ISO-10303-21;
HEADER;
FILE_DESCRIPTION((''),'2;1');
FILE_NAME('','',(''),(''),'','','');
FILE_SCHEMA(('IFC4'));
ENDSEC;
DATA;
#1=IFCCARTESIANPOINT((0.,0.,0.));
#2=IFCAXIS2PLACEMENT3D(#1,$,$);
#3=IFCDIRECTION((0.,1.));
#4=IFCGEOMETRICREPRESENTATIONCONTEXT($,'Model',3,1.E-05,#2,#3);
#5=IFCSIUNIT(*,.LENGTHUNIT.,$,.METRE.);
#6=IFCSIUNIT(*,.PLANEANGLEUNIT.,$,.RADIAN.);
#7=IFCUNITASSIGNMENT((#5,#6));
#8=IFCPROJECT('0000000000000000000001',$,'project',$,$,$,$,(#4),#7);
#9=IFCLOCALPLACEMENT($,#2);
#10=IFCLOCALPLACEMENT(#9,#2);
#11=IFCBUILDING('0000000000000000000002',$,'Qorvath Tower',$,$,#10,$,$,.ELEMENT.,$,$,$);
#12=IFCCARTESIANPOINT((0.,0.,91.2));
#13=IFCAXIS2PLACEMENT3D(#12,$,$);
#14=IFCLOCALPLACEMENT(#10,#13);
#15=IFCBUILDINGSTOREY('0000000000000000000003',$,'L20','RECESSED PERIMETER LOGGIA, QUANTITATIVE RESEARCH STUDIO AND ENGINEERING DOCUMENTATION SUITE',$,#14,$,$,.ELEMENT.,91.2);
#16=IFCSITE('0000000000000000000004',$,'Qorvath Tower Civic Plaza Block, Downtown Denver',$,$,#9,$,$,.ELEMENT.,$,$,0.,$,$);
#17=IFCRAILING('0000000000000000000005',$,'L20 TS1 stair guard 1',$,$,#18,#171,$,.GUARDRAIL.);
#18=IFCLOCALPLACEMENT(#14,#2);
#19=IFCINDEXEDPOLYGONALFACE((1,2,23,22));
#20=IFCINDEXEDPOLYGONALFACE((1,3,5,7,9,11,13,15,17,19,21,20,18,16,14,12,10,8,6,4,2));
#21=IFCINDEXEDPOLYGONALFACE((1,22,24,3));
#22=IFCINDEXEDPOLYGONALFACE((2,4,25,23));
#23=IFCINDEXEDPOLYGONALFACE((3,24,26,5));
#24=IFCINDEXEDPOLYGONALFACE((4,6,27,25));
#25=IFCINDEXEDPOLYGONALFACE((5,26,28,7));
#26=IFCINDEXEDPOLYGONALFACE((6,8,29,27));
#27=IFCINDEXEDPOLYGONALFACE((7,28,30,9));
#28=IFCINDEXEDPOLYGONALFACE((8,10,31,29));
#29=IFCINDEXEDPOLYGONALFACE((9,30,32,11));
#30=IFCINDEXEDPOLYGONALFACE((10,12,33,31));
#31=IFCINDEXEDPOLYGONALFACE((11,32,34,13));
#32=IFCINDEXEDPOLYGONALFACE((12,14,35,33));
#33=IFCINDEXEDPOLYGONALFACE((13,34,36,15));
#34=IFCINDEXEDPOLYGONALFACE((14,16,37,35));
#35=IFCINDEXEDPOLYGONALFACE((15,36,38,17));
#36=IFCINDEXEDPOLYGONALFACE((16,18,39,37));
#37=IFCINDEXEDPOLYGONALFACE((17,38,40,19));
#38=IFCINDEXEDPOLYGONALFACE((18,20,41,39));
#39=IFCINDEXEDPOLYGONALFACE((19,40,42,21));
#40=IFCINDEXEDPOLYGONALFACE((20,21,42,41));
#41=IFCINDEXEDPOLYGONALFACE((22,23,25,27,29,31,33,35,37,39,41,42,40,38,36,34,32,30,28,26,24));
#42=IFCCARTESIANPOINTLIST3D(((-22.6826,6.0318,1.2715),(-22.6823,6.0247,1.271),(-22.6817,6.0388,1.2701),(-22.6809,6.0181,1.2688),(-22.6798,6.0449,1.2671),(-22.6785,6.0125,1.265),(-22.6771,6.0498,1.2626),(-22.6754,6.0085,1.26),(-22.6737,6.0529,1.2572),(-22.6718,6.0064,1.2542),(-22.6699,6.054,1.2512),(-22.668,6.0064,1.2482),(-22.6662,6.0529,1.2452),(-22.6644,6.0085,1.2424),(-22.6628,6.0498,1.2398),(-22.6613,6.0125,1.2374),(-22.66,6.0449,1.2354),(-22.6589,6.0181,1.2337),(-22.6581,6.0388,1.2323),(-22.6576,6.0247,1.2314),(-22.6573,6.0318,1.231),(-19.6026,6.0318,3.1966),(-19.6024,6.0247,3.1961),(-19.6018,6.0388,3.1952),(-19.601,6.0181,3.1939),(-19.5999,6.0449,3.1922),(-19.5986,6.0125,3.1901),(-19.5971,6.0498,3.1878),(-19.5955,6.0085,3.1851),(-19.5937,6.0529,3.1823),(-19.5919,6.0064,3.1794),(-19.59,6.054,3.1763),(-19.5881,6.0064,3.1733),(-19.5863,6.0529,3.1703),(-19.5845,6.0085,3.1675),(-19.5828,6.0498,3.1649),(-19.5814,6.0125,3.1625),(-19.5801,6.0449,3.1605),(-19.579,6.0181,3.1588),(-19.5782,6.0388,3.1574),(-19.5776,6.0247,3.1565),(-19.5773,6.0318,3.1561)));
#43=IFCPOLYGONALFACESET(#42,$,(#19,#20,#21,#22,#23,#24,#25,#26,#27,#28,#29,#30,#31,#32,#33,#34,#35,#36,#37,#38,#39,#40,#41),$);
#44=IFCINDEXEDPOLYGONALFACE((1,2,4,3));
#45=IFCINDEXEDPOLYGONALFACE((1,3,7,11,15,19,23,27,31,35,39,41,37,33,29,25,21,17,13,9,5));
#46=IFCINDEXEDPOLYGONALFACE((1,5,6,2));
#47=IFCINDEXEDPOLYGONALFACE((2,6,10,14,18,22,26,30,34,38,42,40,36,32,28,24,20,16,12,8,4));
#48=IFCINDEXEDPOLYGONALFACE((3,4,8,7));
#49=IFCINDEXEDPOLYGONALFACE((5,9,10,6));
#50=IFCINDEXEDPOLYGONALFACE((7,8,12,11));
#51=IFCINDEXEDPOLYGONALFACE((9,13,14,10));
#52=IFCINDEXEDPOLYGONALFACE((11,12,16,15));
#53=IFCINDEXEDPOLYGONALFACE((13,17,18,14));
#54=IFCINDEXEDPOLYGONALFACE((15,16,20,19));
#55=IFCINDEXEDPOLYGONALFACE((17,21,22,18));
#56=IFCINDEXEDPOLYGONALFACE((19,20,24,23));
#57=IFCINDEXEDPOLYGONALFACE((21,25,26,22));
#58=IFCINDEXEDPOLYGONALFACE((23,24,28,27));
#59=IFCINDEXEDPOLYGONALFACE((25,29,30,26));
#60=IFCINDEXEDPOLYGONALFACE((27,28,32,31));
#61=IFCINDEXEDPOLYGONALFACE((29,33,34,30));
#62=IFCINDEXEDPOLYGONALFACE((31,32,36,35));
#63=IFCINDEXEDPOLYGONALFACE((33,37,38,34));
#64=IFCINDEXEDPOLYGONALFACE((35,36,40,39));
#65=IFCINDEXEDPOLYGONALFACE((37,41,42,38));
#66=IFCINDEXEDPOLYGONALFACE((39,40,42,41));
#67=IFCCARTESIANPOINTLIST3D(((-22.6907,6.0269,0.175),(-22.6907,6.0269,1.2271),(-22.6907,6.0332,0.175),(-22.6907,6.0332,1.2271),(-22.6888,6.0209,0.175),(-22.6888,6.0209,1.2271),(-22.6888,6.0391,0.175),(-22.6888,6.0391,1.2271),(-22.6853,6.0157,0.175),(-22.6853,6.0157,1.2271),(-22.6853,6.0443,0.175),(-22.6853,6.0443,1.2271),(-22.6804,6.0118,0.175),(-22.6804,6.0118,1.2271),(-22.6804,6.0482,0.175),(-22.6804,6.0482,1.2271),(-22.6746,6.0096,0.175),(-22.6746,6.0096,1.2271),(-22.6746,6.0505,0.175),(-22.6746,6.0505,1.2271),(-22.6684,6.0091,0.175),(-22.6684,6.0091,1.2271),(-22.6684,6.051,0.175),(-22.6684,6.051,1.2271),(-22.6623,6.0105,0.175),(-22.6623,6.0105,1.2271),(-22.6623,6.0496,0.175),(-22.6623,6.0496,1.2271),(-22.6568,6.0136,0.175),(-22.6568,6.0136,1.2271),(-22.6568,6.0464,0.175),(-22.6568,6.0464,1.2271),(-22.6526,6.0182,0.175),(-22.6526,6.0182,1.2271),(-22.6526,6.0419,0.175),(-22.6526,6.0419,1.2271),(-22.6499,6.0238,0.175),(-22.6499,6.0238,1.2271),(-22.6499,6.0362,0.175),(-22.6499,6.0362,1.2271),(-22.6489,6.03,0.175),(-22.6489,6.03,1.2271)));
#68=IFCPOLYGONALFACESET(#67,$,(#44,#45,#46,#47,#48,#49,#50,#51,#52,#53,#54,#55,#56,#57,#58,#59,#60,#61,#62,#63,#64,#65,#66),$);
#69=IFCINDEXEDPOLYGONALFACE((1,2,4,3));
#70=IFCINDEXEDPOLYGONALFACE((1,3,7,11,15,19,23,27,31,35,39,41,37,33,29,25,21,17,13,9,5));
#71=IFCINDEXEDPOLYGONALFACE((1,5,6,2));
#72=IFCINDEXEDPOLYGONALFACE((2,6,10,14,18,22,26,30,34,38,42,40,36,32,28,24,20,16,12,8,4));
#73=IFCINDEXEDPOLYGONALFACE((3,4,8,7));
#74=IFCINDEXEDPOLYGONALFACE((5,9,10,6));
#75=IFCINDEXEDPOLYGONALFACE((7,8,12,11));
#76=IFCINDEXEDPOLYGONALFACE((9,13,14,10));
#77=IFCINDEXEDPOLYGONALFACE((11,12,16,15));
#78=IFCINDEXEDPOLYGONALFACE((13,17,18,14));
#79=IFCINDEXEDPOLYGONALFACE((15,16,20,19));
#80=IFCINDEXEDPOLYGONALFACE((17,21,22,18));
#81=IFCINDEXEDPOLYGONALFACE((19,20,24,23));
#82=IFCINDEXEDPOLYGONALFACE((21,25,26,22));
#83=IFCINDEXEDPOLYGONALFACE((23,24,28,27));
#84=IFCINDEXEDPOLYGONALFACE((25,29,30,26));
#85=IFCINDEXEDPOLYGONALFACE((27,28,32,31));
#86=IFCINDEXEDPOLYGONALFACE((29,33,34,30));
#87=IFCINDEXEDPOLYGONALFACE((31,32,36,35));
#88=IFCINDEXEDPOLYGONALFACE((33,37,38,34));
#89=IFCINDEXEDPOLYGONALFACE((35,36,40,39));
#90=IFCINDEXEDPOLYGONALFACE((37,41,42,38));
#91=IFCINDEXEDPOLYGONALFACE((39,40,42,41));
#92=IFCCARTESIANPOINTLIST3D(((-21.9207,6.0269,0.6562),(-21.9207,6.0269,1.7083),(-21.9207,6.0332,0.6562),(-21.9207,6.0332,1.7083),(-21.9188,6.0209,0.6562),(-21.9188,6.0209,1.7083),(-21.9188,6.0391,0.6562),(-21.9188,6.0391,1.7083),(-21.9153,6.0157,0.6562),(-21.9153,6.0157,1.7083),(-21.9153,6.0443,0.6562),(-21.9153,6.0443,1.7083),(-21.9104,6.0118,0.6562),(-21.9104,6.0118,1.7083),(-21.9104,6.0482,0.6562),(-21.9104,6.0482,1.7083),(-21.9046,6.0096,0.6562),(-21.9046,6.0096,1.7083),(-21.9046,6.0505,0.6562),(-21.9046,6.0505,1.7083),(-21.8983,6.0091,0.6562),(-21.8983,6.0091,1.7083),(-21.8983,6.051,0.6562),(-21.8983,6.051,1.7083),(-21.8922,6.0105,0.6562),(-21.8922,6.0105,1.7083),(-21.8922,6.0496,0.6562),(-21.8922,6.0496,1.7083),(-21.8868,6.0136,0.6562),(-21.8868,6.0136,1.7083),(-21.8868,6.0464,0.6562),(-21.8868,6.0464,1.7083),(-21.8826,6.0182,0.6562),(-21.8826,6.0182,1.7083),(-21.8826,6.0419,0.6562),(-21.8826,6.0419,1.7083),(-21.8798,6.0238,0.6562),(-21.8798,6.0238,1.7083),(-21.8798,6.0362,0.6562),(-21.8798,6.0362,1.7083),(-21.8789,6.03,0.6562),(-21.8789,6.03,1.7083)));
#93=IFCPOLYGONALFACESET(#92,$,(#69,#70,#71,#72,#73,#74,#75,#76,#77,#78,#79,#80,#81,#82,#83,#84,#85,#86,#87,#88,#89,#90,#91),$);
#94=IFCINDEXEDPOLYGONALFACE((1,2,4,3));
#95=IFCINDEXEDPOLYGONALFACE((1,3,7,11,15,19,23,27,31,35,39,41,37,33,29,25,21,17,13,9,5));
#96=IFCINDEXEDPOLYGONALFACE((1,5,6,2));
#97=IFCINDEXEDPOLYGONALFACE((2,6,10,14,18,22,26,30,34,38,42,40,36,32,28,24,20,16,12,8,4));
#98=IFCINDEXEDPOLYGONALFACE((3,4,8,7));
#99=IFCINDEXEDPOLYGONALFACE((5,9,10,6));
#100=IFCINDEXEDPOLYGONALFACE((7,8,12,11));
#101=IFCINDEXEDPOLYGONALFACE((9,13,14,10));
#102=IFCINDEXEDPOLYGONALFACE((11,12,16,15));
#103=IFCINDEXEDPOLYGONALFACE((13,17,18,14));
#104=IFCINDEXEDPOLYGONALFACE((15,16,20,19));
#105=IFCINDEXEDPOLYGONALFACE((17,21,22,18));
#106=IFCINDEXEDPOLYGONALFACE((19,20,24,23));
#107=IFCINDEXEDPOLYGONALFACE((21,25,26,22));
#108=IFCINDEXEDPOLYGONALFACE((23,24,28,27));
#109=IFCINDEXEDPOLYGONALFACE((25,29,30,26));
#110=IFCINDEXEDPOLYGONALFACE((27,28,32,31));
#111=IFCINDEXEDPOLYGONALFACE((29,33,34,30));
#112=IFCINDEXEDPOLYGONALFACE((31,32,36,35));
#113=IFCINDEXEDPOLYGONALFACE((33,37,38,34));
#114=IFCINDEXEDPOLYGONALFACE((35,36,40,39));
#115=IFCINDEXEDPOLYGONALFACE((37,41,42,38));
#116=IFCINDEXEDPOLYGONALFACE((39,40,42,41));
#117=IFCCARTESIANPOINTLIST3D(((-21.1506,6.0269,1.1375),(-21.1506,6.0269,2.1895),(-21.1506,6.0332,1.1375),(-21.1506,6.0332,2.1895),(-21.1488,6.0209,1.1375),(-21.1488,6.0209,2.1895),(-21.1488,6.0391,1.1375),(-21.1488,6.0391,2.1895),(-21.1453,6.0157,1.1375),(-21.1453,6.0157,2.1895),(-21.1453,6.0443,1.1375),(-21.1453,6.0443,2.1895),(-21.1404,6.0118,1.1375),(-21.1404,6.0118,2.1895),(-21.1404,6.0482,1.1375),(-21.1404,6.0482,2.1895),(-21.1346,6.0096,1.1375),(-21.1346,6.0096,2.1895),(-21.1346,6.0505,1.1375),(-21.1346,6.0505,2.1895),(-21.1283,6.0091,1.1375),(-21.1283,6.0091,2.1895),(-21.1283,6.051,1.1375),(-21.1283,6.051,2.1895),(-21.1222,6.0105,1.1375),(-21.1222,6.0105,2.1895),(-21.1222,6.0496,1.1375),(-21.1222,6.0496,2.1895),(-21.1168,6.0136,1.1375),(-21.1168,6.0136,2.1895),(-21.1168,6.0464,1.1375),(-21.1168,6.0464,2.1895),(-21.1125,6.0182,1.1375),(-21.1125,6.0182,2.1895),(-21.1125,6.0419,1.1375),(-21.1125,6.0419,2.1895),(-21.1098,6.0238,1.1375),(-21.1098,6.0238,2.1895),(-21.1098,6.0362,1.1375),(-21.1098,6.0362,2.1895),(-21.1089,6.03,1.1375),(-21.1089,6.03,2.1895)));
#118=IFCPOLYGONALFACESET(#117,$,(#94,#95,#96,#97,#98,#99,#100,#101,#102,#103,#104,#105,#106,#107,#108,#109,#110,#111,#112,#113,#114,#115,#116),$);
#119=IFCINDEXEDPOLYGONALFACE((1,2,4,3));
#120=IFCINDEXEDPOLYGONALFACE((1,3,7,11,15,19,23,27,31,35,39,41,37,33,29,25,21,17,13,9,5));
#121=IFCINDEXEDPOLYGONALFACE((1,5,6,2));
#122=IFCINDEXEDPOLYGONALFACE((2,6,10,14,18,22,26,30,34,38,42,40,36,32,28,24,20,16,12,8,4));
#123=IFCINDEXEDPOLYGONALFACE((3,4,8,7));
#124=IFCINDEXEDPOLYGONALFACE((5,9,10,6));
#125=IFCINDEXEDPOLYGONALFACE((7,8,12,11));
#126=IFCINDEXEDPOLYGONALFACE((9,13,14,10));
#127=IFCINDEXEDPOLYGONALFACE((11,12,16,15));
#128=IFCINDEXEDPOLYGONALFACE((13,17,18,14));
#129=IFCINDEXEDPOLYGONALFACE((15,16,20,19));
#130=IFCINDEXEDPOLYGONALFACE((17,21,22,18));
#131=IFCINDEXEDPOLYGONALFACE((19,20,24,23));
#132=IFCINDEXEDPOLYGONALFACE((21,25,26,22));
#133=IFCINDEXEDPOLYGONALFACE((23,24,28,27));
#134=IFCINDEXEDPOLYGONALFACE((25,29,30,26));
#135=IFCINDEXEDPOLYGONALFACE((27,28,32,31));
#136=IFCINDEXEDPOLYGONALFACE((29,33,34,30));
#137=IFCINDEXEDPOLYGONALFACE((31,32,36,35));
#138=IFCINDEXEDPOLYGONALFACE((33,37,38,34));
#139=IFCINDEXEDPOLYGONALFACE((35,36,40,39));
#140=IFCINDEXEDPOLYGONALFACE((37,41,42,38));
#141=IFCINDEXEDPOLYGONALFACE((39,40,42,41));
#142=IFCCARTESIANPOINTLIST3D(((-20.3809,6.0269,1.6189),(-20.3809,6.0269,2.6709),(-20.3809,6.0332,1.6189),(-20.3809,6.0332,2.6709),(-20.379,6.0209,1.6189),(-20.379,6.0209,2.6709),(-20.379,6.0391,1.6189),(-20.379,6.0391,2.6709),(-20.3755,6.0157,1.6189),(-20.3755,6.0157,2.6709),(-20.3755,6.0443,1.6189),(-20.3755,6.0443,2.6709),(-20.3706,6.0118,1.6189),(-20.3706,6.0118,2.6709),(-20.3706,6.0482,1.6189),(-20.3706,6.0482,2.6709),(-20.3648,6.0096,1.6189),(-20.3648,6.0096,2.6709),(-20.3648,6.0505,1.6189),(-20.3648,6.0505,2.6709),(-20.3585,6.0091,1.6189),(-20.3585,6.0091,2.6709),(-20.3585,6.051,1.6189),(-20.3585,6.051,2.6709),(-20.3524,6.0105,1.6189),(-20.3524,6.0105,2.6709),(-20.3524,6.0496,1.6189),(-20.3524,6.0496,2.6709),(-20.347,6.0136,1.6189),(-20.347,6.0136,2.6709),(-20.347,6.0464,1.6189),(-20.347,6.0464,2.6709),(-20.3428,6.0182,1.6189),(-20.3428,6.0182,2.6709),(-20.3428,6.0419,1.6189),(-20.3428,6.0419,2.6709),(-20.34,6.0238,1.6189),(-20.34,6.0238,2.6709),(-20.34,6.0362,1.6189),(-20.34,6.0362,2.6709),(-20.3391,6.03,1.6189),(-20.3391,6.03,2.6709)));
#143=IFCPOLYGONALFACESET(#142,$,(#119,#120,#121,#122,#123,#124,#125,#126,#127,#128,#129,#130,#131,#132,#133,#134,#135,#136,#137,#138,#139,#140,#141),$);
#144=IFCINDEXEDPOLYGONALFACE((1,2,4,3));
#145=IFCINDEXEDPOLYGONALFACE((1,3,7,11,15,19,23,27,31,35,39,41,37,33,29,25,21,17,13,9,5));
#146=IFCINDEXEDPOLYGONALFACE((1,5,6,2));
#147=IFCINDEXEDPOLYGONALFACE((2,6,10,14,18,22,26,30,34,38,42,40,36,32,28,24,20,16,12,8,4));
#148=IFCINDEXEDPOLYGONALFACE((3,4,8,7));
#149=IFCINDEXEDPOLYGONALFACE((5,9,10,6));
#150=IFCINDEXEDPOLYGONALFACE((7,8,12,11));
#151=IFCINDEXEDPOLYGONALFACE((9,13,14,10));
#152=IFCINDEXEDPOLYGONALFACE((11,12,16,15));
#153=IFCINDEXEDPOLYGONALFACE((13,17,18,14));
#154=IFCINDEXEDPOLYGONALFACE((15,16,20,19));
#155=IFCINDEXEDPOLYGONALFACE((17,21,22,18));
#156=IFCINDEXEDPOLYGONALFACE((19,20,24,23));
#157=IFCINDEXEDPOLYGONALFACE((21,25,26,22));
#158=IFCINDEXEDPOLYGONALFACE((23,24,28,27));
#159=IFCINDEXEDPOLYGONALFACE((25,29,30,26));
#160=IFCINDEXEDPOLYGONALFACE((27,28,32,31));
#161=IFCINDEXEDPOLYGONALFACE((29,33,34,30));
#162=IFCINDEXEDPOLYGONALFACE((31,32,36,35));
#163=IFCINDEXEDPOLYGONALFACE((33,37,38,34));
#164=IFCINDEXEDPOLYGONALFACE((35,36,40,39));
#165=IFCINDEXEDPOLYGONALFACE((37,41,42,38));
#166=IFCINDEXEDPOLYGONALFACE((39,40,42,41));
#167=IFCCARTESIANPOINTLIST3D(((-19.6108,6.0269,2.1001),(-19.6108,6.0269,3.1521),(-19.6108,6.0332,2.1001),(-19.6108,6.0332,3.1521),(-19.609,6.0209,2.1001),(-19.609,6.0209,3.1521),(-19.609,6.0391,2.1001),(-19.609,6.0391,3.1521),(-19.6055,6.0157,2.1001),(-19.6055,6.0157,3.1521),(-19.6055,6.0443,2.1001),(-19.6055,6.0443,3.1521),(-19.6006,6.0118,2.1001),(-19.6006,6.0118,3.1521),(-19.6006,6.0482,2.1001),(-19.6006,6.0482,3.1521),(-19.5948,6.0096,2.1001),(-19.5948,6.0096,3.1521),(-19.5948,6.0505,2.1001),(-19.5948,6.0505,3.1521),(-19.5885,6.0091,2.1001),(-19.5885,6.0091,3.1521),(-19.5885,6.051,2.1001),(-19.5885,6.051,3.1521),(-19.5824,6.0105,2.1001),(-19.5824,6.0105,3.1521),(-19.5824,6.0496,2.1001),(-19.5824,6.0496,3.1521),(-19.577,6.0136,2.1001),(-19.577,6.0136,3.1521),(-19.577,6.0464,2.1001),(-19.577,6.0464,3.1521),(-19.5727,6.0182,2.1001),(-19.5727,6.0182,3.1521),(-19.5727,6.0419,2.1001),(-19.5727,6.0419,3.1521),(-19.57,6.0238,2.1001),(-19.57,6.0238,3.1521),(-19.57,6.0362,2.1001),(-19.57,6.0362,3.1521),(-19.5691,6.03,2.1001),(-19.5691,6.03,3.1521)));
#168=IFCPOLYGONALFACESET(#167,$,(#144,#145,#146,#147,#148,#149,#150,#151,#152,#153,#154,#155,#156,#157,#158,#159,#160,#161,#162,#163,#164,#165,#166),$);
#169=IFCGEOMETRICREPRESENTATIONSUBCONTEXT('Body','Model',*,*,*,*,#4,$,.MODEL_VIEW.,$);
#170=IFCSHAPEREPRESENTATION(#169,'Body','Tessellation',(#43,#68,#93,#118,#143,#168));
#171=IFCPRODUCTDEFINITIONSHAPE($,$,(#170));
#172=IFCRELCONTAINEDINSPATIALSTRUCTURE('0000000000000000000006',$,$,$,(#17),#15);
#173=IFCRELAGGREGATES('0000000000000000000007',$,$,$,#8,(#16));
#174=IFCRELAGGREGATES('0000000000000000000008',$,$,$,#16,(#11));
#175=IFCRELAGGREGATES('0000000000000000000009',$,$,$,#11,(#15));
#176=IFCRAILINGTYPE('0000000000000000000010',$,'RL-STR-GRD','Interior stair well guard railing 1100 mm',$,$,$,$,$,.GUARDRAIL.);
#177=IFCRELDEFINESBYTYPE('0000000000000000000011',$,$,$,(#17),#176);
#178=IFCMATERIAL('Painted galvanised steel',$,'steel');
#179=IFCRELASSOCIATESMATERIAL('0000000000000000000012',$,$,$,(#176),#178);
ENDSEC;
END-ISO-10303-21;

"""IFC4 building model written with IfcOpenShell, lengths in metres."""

from ifc_helpers import new_model, si_unit, direction, frame, origin, origin_2d, place, context, subcontext, project, spatial, circle, extrude, material, type_object, element, save


model = new_model("IFC4")

# Units and contexts
model_context = context("Model", 3, precision=1e-05, world=origin(), true_north=direction((0.0, 1.0)))
body_context = subcontext(model_context, "Body", "Model", "MODEL_VIEW")
ifc_project = project(units=[si_unit("LENGTHUNIT", "METRE"), si_unit("PLANEANGLEUNIT", "RADIAN")], contexts=[model_context])

# Site, building, storey
site_placement = place(None, origin())
site = spatial("IfcSite", under=ifc_project, at=site_placement, Name="Qorvath Tower Civic Plaza Block, Downtown Denver", CompositionType="ELEMENT", RefElevation=0.0)
building_placement = place(site_placement, origin())
building = spatial("IfcBuilding", under=site, at=building_placement, Name="Qorvath Tower", CompositionType="ELEMENT")
storey_placement = place(building_placement, frame((0.0, 0.0, 91.2)))
storey = spatial("IfcBuildingStorey", under=building, at=storey_placement, Name="L20", Description="RECESSED PERIMETER LOGGIA, QUANTITATIVE RESEARCH STUDIO AND ENGINEERING DOCUMENTATION SUITE", CompositionType="ELEMENT", Elevation=91.2)

# Railing
ifc_material_1 = material(Name="Painted galvanised steel", Category="steel")
railing_type_1 = type_object("IfcRailingType", Name="RL-STR-GRD", Description="Interior stair well guard railing 1100 mm", PredefinedType="GUARDRAIL", material=ifc_material_1)
railing_1_placement = place(storey_placement, frame((-22.6699, 6.03, 0.175)))
element("IfcRailing", 1, at=railing_1_placement, inside=storey, type_object=railing_type_1, Name="L20 TS1 stair guard 1", PredefinedType="GUARDRAIL", context=body_context, shape_type="SweptSolid", body=[
    extrude(circle(Radius=0.0239, at=origin_2d()), frame((0.0, 0.0, 1.0762), z_axis=(0.847979, 0.0, 0.530029), x_axis=(0.0, 1.0, 0.0)), (0.0, 0.0, 1.0), 3.6321),
    extrude(circle(Radius=0.021, at=origin_2d()), origin(), (0.0, 0.0, 1.0), 1.052),
    extrude(circle(Radius=0.021, at=origin_2d()), frame((0.77, 0.0, 0.4812)), (0.0, 0.0, 1.0), 1.052),
    extrude(circle(Radius=0.021, at=origin_2d()), frame((1.54, 0.0, 0.9624)), (0.0, 0.0, 1.0), 1.052),
    extrude(circle(Radius=0.021, at=origin_2d()), frame((2.3098, 0.0, 1.4438)), (0.0, 0.0, 1.0), 1.052),
    extrude(circle(Radius=0.021, at=origin_2d()), frame((3.0798, 0.0, 1.925)), (0.0, 0.0, 1.0), 1.052),
])

save(model, "model.ifc")
